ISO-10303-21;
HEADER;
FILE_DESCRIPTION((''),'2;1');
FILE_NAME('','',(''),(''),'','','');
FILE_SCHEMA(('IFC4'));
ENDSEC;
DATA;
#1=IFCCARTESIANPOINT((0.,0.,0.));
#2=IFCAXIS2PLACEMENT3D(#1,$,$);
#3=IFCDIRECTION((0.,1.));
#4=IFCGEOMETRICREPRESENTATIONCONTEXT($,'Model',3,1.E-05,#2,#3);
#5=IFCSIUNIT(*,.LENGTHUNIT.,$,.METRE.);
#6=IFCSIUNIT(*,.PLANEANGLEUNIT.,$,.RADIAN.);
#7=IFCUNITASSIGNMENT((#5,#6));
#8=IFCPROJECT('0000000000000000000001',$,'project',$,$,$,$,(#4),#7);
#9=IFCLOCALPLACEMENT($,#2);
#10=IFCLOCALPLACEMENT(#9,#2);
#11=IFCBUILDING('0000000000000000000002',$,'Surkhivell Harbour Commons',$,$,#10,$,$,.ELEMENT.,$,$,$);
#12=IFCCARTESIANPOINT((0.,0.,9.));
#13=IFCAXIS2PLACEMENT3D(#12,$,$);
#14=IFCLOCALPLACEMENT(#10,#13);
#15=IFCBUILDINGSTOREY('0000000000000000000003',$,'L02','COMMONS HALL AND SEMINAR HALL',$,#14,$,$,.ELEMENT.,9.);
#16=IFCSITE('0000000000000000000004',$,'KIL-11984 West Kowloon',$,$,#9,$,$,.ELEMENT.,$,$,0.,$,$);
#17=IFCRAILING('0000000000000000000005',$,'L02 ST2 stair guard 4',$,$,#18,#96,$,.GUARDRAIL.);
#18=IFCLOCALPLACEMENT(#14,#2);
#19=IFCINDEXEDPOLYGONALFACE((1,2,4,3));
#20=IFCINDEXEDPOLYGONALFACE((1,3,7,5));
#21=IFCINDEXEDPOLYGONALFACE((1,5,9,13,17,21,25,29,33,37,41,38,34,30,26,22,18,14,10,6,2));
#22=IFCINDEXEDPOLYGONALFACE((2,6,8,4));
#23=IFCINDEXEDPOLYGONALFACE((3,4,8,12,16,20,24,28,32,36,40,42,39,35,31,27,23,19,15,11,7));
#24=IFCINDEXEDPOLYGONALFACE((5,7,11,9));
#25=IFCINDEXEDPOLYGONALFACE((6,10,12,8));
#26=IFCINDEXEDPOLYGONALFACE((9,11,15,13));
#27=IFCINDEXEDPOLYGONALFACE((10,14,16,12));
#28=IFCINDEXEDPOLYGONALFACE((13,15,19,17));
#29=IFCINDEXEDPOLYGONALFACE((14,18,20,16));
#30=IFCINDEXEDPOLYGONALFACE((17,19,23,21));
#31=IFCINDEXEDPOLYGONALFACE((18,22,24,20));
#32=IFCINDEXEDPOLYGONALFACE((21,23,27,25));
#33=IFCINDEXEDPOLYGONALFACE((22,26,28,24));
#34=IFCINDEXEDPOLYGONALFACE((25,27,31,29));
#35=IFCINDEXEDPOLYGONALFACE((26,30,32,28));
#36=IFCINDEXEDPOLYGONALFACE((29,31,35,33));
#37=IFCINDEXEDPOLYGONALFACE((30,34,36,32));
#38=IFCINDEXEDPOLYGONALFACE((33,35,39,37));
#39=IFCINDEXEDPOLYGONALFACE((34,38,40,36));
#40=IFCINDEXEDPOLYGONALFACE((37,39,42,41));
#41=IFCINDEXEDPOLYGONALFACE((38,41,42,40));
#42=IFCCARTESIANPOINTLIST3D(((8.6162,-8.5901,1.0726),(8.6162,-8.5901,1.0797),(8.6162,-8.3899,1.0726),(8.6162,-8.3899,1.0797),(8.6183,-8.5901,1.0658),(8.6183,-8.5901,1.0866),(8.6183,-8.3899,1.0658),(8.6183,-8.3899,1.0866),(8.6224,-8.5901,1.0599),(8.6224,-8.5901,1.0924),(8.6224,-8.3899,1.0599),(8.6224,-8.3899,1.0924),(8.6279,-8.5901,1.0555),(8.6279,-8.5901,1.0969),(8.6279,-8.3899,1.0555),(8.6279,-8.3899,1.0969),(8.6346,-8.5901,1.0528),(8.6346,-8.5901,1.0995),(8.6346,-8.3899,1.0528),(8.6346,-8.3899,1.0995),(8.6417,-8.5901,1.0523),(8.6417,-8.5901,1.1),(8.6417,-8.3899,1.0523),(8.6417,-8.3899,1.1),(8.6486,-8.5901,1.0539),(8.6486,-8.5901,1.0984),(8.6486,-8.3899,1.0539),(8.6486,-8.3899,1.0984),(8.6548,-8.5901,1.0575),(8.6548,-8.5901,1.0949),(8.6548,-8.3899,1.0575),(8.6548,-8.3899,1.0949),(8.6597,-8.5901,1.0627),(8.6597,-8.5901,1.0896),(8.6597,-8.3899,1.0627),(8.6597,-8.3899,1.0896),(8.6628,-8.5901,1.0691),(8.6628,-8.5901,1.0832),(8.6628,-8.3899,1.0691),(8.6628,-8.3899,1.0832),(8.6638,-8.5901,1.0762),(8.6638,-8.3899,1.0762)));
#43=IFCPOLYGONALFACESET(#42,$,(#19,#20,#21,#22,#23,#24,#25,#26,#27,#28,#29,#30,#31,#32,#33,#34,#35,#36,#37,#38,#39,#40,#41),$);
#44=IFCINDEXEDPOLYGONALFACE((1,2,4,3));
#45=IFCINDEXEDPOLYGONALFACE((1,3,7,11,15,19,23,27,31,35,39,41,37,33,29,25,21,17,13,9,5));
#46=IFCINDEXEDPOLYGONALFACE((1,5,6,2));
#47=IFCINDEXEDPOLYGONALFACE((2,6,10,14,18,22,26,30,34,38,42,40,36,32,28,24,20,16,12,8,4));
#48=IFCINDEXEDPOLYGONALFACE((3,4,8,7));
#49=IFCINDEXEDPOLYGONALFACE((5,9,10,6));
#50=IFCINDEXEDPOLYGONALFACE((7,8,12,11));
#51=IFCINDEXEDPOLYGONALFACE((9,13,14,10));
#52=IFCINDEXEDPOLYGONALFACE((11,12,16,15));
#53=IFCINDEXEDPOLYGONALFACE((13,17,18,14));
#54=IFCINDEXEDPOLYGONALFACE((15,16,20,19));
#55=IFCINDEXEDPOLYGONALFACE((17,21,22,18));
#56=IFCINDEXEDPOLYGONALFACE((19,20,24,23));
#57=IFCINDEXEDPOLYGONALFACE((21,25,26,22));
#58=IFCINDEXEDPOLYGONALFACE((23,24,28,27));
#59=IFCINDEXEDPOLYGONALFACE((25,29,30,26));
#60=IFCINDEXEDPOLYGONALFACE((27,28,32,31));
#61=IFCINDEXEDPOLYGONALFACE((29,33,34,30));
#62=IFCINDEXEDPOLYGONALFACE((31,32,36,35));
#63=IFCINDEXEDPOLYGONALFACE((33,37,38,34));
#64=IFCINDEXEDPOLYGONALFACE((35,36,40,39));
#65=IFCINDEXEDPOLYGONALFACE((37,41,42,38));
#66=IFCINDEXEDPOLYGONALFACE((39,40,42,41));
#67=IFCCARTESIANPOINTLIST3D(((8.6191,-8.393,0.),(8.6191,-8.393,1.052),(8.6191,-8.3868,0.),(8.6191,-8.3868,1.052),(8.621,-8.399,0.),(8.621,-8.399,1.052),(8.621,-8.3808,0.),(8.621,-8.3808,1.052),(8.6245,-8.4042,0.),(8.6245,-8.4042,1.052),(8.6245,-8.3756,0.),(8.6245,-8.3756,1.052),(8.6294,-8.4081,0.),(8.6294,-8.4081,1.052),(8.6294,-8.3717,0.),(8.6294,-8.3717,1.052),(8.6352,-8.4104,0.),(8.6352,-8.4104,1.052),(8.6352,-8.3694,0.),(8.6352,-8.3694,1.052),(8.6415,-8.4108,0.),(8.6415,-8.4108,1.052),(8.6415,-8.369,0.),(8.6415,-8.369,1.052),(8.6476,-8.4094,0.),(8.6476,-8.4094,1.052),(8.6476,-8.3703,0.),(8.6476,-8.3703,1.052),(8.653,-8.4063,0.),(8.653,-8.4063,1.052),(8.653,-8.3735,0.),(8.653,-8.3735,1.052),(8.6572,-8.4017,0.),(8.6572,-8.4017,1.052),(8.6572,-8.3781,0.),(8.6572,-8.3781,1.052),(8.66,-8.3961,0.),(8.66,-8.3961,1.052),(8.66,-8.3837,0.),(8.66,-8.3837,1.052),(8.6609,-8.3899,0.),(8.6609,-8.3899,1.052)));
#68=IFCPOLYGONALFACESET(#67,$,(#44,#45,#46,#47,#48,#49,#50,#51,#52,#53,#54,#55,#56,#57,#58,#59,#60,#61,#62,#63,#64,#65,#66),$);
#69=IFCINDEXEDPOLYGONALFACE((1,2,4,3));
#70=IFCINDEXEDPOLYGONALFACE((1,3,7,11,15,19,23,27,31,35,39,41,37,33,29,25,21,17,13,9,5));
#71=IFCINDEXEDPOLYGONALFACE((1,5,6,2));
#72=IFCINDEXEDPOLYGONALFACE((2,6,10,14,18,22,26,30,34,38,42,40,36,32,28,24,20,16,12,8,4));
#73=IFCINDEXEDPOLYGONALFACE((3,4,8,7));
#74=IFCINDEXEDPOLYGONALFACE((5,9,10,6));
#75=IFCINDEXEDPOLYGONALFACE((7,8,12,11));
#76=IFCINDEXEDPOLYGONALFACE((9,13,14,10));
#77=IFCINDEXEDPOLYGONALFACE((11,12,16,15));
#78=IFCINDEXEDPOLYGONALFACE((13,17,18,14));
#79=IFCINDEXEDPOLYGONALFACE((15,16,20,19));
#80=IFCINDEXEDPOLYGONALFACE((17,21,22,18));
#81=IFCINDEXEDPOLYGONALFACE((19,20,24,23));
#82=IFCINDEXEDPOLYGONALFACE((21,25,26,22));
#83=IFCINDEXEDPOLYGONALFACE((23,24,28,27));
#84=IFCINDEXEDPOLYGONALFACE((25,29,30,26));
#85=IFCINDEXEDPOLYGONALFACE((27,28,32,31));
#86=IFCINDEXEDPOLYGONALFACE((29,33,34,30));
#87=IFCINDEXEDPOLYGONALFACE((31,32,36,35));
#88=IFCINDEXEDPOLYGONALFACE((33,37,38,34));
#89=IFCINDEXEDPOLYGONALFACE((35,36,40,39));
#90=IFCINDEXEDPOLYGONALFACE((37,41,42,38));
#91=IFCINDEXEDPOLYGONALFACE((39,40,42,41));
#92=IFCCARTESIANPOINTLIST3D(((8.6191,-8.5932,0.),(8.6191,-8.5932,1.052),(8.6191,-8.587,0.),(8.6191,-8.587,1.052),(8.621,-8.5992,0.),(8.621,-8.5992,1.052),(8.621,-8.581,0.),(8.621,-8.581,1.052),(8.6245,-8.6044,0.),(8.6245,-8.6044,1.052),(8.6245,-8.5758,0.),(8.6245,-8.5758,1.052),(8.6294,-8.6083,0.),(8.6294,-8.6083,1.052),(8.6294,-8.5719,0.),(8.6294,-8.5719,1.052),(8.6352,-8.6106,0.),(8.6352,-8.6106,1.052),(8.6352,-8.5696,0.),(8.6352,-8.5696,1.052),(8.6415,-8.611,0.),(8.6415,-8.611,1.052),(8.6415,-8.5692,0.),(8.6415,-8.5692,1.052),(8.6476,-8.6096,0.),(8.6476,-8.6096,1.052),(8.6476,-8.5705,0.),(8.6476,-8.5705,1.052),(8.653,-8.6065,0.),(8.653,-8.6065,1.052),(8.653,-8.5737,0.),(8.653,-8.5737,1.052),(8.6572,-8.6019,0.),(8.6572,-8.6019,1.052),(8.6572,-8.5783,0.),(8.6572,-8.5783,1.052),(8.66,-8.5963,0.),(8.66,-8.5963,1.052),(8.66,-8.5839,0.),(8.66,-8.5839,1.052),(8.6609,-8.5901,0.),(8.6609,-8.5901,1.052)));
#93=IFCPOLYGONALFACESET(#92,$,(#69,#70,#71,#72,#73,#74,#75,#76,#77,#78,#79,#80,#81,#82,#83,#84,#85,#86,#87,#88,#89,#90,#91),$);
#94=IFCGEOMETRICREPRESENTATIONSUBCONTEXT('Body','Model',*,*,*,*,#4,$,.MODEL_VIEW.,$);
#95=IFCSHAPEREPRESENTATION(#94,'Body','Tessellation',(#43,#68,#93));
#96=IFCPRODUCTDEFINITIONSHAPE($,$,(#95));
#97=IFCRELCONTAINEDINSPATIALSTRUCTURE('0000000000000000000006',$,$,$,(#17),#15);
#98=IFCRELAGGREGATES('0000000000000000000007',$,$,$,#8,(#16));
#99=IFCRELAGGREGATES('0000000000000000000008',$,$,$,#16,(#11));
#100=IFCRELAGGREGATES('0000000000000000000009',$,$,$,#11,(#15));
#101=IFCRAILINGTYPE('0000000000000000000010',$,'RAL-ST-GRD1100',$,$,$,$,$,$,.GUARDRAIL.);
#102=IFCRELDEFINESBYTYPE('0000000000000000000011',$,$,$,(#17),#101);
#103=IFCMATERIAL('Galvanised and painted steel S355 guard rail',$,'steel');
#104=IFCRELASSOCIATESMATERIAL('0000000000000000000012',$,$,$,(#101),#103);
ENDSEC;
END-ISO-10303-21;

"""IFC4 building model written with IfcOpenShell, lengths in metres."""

from ifc_helpers import new_model, si_unit, direction, frame, origin, origin_2d, place, context, subcontext, project, spatial, circle, extrude, material, type_object, element, save


model = new_model("IFC4")

# Units and contexts
model_context = context("Model", 3, precision=1e-05, world=origin(), true_north=direction((0.0, 1.0)))
body_context = subcontext(model_context, "Body", "Model", "MODEL_VIEW")
ifc_project = project(units=[si_unit("LENGTHUNIT", "METRE"), si_unit("PLANEANGLEUNIT", "RADIAN")], contexts=[model_context])

# Site, building, storey
site_placement = place(None, origin())
site = spatial("IfcSite", under=ifc_project, at=site_placement, Name="KIL-11984 West Kowloon", CompositionType="ELEMENT", RefElevation=0.0)
building_placement = place(site_placement, origin())
building = spatial("IfcBuilding", under=site, at=building_placement, Name="Surkhivell Harbour Commons", CompositionType="ELEMENT")
storey_placement = place(building_placement, frame((0.0, 0.0, 9.0)))
storey = spatial("IfcBuildingStorey", under=building, at=storey_placement, Name="L02", Description="COMMONS HALL AND SEMINAR HALL", CompositionType="ELEMENT", Elevation=9.0)

# Railing
ifc_material_1 = material(Name="Galvanised and painted steel S355 guard rail", Category="steel")
railing_type_1 = type_object("IfcRailingType", Name="RAL-ST-GRD1100", PredefinedType="GUARDRAIL", material=ifc_material_1)
railing_1_placement = place(storey_placement, frame((8.6399, -8.3899, 0.0)))
element("IfcRailing", 1, at=railing_1_placement, inside=storey, type_object=railing_type_1, Name="L02 ST2 stair guard 4", PredefinedType="GUARDRAIL", context=body_context, shape_type="SweptSolid", body=[
    extrude(circle(Radius=0.0239, at=origin_2d()), frame((0.0, 0.0, 1.0762), z_axis=(0.0, -1.0, 0.0), x_axis=(1.0, 0.0, 0.0)), (0.0, 0.0, 1.0), 0.2002),
    extrude(circle(Radius=0.021, at=origin_2d()), origin(), (0.0, 0.0, 1.0), 1.052),
    extrude(circle(Radius=0.021, at=origin_2d()), frame((0.0, -0.2002, 0.0)), (0.0, 0.0, 1.0), 1.052),
])

save(model, "model.ifc")
